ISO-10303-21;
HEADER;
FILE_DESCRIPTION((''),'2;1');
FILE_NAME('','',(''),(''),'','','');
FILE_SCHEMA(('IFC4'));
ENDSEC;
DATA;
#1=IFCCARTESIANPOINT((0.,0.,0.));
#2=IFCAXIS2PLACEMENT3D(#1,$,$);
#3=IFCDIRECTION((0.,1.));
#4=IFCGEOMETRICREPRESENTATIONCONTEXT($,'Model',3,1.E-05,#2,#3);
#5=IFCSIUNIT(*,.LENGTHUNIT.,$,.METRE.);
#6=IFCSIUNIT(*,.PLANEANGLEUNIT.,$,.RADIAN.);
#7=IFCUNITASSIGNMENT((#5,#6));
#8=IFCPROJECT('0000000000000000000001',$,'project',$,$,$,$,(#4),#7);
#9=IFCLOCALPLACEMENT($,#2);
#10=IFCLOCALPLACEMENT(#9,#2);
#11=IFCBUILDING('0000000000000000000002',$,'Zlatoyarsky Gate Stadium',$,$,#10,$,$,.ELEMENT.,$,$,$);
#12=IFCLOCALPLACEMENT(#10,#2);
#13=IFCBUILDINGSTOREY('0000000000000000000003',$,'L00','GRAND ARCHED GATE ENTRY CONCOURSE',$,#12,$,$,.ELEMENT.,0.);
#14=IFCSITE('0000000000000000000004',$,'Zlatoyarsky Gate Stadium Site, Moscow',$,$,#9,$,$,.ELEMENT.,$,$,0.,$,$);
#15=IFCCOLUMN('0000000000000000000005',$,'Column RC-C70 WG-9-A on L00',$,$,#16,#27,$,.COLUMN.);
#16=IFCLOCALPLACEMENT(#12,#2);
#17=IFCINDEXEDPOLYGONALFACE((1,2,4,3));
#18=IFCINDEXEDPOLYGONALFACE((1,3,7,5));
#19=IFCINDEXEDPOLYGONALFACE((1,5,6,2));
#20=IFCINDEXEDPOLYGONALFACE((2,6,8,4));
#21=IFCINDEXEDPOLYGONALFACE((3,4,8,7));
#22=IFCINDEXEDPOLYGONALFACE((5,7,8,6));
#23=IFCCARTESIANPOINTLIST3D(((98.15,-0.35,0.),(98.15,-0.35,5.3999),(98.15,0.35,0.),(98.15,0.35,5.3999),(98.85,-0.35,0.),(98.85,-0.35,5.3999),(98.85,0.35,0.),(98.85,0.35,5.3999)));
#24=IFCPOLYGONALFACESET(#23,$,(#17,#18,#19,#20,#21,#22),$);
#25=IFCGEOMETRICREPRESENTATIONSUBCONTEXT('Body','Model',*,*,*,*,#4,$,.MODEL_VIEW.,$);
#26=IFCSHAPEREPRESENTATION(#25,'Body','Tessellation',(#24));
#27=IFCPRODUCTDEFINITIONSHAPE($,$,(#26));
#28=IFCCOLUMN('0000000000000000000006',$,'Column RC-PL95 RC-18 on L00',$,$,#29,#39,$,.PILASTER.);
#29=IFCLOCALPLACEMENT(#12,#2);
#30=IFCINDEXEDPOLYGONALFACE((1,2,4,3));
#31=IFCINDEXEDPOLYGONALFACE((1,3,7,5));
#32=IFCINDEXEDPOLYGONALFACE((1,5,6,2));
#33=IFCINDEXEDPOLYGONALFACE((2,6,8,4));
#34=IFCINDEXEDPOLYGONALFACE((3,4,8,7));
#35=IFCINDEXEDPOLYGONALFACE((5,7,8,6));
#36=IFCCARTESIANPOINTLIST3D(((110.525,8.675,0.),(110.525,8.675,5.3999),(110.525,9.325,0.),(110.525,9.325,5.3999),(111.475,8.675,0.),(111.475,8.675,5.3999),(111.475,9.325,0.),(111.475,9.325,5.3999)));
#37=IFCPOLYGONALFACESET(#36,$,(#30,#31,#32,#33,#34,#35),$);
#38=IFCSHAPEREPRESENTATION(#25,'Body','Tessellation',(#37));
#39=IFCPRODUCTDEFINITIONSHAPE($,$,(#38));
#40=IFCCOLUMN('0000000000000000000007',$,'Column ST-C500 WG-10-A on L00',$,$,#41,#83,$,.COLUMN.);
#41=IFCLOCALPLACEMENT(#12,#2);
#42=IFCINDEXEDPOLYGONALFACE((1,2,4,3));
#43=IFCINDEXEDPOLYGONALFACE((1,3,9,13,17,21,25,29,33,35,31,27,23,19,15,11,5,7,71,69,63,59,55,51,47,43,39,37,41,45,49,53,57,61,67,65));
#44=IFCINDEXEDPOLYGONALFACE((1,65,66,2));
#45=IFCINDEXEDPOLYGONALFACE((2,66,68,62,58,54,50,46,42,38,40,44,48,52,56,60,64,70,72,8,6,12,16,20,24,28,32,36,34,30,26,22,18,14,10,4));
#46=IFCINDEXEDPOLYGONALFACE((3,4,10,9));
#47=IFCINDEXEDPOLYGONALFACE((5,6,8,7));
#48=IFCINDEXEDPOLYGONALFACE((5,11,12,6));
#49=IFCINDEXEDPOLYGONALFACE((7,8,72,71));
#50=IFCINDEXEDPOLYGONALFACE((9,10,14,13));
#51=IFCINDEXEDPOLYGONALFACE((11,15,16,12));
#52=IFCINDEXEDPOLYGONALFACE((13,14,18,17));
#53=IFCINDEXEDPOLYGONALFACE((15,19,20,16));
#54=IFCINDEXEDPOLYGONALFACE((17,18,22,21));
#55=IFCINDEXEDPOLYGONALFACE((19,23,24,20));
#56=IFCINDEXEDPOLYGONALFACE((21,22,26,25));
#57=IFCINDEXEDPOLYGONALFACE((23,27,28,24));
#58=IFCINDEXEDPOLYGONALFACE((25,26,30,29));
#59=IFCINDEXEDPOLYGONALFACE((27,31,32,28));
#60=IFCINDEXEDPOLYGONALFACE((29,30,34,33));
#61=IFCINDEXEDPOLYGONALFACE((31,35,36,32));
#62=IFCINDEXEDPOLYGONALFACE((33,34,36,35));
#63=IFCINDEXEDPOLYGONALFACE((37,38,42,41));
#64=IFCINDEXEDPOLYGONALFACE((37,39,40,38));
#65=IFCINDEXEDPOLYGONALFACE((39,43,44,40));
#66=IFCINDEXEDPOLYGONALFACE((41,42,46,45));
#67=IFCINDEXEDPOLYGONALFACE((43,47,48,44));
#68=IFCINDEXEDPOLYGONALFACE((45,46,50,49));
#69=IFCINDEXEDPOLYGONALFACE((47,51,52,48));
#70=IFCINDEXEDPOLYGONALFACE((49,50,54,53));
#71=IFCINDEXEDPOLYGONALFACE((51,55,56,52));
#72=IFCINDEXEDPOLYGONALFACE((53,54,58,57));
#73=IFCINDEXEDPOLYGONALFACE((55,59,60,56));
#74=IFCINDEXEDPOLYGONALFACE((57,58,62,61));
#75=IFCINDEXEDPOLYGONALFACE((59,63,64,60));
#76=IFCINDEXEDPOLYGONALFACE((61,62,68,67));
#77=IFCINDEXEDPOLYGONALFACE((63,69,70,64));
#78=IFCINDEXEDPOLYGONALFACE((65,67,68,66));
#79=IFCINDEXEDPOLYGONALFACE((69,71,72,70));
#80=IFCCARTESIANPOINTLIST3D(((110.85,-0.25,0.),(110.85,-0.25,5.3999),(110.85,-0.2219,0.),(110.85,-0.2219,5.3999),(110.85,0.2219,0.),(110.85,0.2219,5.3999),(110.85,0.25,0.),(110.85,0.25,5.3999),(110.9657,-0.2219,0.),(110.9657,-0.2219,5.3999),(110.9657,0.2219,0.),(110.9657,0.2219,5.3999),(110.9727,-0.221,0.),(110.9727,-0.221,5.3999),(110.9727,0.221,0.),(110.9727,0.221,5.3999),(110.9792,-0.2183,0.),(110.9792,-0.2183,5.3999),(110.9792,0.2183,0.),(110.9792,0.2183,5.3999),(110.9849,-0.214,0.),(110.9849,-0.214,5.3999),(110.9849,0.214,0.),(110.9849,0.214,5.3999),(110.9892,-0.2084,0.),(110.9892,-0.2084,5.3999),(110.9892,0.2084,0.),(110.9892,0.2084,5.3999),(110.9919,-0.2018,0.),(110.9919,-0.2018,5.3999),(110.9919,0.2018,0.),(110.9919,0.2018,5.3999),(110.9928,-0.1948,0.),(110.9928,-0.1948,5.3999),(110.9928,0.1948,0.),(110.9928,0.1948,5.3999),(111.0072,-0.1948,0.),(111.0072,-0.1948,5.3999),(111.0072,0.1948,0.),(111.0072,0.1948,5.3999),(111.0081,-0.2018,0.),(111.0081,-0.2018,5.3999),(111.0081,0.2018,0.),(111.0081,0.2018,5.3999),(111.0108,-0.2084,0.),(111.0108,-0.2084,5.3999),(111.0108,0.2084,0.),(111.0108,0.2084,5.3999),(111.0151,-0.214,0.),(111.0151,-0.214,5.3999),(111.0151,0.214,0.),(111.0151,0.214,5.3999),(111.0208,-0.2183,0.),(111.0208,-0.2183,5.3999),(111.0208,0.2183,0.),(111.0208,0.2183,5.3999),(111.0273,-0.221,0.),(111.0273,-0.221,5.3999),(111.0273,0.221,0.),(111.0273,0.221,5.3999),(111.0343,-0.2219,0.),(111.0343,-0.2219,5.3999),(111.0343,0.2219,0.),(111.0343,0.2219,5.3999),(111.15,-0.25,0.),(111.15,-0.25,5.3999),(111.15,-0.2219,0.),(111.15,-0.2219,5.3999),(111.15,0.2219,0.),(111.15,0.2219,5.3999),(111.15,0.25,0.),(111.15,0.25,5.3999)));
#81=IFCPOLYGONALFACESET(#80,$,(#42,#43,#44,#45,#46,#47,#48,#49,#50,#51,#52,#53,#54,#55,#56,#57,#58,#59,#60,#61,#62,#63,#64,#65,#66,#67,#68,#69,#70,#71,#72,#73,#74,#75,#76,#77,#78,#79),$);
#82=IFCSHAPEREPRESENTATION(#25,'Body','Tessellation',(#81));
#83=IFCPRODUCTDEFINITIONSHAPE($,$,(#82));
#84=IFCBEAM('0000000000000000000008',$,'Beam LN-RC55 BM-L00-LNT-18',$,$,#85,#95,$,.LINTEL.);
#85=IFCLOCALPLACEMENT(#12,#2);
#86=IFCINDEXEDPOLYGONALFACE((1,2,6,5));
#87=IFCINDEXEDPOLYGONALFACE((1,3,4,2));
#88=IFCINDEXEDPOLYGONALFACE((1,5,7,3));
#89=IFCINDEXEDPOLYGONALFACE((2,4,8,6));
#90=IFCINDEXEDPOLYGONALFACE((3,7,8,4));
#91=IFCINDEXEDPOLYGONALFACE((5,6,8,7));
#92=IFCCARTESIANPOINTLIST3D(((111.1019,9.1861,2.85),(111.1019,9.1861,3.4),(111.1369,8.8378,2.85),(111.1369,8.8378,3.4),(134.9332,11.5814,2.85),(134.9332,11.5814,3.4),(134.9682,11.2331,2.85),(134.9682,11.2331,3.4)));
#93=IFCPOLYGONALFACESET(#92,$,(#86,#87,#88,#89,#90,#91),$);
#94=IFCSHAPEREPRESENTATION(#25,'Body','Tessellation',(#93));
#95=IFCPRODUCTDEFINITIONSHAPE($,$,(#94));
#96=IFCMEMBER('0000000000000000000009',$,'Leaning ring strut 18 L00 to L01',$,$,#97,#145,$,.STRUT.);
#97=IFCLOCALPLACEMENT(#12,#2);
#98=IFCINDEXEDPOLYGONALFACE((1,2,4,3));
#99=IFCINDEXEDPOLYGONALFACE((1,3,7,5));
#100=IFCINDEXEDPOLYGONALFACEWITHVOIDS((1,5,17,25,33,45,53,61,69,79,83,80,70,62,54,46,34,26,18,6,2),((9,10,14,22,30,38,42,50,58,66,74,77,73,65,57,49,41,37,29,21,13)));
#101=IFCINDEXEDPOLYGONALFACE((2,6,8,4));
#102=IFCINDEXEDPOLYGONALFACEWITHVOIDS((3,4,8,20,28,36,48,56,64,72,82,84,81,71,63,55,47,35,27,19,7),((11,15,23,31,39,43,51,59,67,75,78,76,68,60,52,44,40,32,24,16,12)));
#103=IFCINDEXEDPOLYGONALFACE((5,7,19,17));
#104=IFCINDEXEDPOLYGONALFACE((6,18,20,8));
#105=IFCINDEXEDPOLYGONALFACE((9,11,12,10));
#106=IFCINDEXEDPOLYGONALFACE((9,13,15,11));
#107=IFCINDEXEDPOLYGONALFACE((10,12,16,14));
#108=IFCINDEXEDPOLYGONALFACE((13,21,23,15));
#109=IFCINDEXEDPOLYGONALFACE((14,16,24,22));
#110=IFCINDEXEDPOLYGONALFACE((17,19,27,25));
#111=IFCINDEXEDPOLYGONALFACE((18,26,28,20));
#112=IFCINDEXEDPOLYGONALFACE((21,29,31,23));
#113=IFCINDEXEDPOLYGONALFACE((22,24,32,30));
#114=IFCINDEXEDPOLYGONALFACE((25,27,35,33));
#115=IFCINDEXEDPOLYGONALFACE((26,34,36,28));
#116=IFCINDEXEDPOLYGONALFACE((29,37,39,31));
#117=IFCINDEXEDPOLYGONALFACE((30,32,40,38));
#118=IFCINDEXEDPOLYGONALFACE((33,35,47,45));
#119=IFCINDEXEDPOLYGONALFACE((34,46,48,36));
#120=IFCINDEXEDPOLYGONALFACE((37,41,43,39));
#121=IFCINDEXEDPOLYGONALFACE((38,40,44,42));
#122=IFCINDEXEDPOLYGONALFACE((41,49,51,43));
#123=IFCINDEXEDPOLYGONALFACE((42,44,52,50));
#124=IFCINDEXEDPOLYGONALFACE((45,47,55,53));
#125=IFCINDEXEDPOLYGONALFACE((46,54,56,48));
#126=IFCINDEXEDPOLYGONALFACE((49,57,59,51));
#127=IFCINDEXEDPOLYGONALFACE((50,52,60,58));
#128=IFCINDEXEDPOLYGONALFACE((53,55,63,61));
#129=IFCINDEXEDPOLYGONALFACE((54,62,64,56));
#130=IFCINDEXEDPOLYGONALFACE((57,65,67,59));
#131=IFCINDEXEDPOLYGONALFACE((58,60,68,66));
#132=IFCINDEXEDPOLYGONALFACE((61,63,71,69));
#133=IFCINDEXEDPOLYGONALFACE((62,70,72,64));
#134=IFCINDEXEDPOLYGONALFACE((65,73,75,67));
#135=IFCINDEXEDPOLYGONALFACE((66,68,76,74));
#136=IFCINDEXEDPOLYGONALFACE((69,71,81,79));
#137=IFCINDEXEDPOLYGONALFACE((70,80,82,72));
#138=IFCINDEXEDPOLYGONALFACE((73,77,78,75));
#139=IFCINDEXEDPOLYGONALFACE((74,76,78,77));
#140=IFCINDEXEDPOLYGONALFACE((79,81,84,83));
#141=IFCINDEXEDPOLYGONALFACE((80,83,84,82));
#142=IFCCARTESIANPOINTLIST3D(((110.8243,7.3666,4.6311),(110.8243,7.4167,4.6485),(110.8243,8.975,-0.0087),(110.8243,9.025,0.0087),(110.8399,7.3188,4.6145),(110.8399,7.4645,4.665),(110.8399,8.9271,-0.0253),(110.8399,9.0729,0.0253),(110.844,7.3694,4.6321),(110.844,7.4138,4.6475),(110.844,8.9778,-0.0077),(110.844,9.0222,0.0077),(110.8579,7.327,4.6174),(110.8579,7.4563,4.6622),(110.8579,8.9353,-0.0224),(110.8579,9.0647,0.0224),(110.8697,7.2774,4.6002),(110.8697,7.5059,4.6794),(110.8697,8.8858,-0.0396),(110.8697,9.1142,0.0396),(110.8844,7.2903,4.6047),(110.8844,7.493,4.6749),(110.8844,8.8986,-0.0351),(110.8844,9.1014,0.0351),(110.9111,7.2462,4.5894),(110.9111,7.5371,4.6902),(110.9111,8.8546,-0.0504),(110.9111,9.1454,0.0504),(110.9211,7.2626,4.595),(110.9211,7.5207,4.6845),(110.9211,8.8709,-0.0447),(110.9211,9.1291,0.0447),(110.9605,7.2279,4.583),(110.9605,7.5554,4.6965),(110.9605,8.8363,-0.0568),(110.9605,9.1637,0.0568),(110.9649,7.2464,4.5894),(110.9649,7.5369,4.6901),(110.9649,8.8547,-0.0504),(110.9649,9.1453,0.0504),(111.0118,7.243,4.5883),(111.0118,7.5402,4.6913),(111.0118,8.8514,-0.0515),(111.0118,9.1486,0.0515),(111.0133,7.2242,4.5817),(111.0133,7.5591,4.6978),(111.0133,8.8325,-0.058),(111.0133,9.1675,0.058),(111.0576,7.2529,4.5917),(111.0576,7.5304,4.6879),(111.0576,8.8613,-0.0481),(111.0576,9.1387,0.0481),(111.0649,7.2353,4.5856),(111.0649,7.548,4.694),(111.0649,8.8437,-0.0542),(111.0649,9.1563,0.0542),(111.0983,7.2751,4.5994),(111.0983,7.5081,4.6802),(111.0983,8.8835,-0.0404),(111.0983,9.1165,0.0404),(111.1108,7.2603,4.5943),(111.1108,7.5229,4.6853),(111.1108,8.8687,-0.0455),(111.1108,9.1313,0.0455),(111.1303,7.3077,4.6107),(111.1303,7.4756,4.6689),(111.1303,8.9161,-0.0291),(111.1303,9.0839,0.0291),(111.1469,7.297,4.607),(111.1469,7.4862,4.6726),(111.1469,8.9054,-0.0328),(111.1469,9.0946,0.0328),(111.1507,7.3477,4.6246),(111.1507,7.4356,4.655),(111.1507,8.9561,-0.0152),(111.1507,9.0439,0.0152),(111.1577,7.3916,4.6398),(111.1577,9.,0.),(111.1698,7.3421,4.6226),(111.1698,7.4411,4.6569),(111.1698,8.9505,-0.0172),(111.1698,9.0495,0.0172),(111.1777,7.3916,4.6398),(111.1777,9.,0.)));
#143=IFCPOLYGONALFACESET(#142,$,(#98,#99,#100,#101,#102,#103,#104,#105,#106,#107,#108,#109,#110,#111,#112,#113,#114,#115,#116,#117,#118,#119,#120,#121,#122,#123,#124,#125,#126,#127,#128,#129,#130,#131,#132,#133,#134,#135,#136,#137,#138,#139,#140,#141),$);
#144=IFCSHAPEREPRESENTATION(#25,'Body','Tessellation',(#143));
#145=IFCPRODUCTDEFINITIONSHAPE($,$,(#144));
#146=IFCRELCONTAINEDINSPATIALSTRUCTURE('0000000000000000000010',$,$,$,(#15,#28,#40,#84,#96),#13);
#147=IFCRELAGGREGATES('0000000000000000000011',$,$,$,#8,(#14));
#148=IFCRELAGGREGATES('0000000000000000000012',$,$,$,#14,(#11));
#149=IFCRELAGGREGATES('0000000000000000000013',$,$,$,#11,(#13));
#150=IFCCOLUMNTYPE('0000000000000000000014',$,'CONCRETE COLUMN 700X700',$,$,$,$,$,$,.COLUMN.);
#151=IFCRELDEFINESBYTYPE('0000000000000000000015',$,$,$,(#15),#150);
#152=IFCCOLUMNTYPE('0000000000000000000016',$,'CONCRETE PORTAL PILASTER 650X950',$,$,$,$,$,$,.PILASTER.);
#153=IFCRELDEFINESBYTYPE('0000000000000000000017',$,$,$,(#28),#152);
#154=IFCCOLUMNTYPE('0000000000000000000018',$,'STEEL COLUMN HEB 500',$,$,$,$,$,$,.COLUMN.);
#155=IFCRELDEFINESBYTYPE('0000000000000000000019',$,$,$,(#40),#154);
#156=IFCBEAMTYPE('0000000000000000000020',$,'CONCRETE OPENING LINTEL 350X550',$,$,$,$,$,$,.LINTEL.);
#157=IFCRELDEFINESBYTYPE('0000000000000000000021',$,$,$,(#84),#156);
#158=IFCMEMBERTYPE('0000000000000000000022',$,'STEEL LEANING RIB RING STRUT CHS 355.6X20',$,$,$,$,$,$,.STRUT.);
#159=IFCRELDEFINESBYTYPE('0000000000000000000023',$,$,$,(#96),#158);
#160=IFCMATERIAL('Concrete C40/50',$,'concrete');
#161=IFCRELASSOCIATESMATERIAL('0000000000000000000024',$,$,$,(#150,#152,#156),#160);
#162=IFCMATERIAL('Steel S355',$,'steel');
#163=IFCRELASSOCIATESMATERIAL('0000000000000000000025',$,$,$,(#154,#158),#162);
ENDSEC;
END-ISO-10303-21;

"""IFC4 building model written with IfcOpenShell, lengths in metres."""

from ifc_helpers import new_model, si_unit, direction, frame, origin, origin_2d, place, context, subcontext, project, spatial, rectangle, hollow_circle, i_section, extrude, material, material_profile, profile_set, type_object, element, save


model = new_model("IFC4")

# Units and contexts
model_context = context("Model", 3, precision=1e-05, world=origin(), true_north=direction((0.0, 1.0)))
body_context = subcontext(model_context, "Body", "Model", "MODEL_VIEW")
ifc_project = project(units=[si_unit("LENGTHUNIT", "METRE"), si_unit("PLANEANGLEUNIT", "RADIAN")], contexts=[model_context])

# Site, building, storey
site_placement = place(None, origin())
site = spatial("IfcSite", under=ifc_project, at=site_placement, Name="Zlatoyarsky Gate Stadium Site, Moscow", CompositionType="ELEMENT", RefElevation=0.0)
building_placement = place(site_placement, origin())
building = spatial("IfcBuilding", under=site, at=building_placement, Name="Zlatoyarsky Gate Stadium", CompositionType="ELEMENT")
storey_placement = place(building_placement, origin())
storey = spatial("IfcBuildingStorey", under=building, at=storey_placement, Name="L00", Description="GRAND ARCHED GATE ENTRY CONCOURSE", CompositionType="ELEMENT", Elevation=0.0)

# Columns
ifc_material_1 = material(Name="Concrete C40/50", Category="concrete")
ifc_material_profile_1 = material_profile(ifc_material_1, rectangle(XDim=0.7, YDim=0.7, at=origin_2d()), Name="RC COL 700X700")
ifc_profile_set_1 = profile_set([ifc_material_profile_1], Name="Concrete C40/50")
column_type_1 = type_object("IfcColumnType", Name="CONCRETE COLUMN 700X700", PredefinedType="COLUMN", material=ifc_profile_set_1)
column_1_placement = place(storey_placement, frame((98.5, 0.0, 0.0), z_axis=(0.0, 0.0, 1.0), x_axis=(1.0, 0.0, 0.0)))
element("IfcColumn", 1, at=column_1_placement, inside=storey, type_object=column_type_1, Name="Column RC-C70 WG-9-A on L00", PredefinedType="COLUMN", context=body_context, shape_type="SweptSolid", body=[
    extrude(rectangle(XDim=0.7, YDim=0.7, at=origin_2d()), origin(), (0.0, 0.0, 1.0), 5.3999),
])
ifc_material_profile_2 = material_profile(ifc_material_1, rectangle(XDim=0.6499, YDim=0.95, at=origin_2d()), Name="RC PILASTER 650X950")
ifc_profile_set_2 = profile_set([ifc_material_profile_2], Name="Concrete C40/50")
column_type_2 = type_object("IfcColumnType", Name="CONCRETE PORTAL PILASTER 650X950", PredefinedType="PILASTER", material=ifc_profile_set_2)
column_2_placement = place(storey_placement, frame((111.0, 9.0, 0.0), z_axis=(0.0, 0.0, 1.0), x_axis=(0.0, -1.0, 0.0)))
element("IfcColumn", 2, at=column_2_placement, inside=storey, type_object=column_type_2, Name="Column RC-PL95 RC-18 on L00", PredefinedType="PILASTER", context=body_context, shape_type="SweptSolid", body=[
    extrude(rectangle(XDim=0.6499, YDim=0.95, at=origin_2d()), origin(), (0.0, 0.0, 1.0), 5.3999),
])
ifc_material_2 = material(Name="Steel S355", Category="steel")
ifc_material_profile_3 = material_profile(ifc_material_2, i_section(OverallWidth=0.3, OverallDepth=0.5, WebThickness=0.0144, FlangeThickness=0.0281, FilletRadius=0.0271, at=origin_2d()), Name="HEB 500")
ifc_profile_set_3 = profile_set([ifc_material_profile_3], Name="Steel S355")
column_type_3 = type_object("IfcColumnType", Name="STEEL COLUMN HEB 500", PredefinedType="COLUMN", material=ifc_profile_set_3)
column_3_placement = place(storey_placement, frame((111.0, 0.0, 0.0), z_axis=(0.0, 0.0, 1.0), x_axis=(1.0, 0.0, 0.0)))
element("IfcColumn", 3, at=column_3_placement, inside=storey, type_object=column_type_3, Name="Column ST-C500 WG-10-A on L00", PredefinedType="COLUMN", context=body_context, shape_type="SweptSolid", body=[
    extrude(i_section(OverallWidth=0.3, OverallDepth=0.5, WebThickness=0.0144, FlangeThickness=0.0281, FilletRadius=0.0271, at=origin_2d()), origin(), (0.0, 0.0, 1.0), 5.3999),
])

# Beam
ifc_material_profile_4 = material_profile(ifc_material_1, rectangle(XDim=0.3501, YDim=0.55, at=origin_2d()), Name="RC LINTEL 350X550")
ifc_profile_set_4 = profile_set([ifc_material_profile_4], Name="Concrete C40/50")
beam_type_1 = type_object("IfcBeamType", Name="CONCRETE OPENING LINTEL 350X550", PredefinedType="LINTEL", material=ifc_profile_set_4)
beam_1_placement = place(storey_placement, frame((111.1194, 9.012, 3.125), z_axis=(0.994987, 0.100005, 0.0), x_axis=(-0.100005, 0.994987, 0.0)))
element("IfcBeam", 4, at=beam_1_placement, inside=storey, type_object=beam_type_1, Name="Beam LN-RC55 BM-L00-LNT-18", PredefinedType="LINTEL", context=body_context, shape_type="SweptSolid", body=[
    extrude(rectangle(XDim=0.3501, YDim=0.55, at=origin_2d()), origin(), (0.0, 0.0, 1.0), 23.9514),
])

# Member
ifc_material_profile_5 = material_profile(ifc_material_2, hollow_circle(Radius=0.1777, WallThickness=0.02, at=origin_2d()), Name="CHS 355.6X20")
ifc_profile_set_5 = profile_set([ifc_material_profile_5], Name="Steel S355")
member_type = type_object("IfcMemberType", Name="STEEL LEANING RIB RING STRUT CHS 355.6X20", PredefinedType="STRUT", material=ifc_profile_set_5)
member_placement = place(storey_placement, frame((111.0, 9.0, 0.0), z_axis=(0.0, -0.327525, 0.944842), x_axis=(1.0, 0.0, 0.0)))
element("IfcMember", 5, at=member_placement, inside=storey, type_object=member_type, Name="Leaning ring strut 18 L00 to L01", PredefinedType="STRUT", context=body_context, shape_type="SweptSolid", body=[
    extrude(hollow_circle(Radius=0.1777, WallThickness=0.02, at=origin_2d()), origin(), (0.0, 0.0, 1.0), 4.9106),
])

save(model, "model.ifc")
